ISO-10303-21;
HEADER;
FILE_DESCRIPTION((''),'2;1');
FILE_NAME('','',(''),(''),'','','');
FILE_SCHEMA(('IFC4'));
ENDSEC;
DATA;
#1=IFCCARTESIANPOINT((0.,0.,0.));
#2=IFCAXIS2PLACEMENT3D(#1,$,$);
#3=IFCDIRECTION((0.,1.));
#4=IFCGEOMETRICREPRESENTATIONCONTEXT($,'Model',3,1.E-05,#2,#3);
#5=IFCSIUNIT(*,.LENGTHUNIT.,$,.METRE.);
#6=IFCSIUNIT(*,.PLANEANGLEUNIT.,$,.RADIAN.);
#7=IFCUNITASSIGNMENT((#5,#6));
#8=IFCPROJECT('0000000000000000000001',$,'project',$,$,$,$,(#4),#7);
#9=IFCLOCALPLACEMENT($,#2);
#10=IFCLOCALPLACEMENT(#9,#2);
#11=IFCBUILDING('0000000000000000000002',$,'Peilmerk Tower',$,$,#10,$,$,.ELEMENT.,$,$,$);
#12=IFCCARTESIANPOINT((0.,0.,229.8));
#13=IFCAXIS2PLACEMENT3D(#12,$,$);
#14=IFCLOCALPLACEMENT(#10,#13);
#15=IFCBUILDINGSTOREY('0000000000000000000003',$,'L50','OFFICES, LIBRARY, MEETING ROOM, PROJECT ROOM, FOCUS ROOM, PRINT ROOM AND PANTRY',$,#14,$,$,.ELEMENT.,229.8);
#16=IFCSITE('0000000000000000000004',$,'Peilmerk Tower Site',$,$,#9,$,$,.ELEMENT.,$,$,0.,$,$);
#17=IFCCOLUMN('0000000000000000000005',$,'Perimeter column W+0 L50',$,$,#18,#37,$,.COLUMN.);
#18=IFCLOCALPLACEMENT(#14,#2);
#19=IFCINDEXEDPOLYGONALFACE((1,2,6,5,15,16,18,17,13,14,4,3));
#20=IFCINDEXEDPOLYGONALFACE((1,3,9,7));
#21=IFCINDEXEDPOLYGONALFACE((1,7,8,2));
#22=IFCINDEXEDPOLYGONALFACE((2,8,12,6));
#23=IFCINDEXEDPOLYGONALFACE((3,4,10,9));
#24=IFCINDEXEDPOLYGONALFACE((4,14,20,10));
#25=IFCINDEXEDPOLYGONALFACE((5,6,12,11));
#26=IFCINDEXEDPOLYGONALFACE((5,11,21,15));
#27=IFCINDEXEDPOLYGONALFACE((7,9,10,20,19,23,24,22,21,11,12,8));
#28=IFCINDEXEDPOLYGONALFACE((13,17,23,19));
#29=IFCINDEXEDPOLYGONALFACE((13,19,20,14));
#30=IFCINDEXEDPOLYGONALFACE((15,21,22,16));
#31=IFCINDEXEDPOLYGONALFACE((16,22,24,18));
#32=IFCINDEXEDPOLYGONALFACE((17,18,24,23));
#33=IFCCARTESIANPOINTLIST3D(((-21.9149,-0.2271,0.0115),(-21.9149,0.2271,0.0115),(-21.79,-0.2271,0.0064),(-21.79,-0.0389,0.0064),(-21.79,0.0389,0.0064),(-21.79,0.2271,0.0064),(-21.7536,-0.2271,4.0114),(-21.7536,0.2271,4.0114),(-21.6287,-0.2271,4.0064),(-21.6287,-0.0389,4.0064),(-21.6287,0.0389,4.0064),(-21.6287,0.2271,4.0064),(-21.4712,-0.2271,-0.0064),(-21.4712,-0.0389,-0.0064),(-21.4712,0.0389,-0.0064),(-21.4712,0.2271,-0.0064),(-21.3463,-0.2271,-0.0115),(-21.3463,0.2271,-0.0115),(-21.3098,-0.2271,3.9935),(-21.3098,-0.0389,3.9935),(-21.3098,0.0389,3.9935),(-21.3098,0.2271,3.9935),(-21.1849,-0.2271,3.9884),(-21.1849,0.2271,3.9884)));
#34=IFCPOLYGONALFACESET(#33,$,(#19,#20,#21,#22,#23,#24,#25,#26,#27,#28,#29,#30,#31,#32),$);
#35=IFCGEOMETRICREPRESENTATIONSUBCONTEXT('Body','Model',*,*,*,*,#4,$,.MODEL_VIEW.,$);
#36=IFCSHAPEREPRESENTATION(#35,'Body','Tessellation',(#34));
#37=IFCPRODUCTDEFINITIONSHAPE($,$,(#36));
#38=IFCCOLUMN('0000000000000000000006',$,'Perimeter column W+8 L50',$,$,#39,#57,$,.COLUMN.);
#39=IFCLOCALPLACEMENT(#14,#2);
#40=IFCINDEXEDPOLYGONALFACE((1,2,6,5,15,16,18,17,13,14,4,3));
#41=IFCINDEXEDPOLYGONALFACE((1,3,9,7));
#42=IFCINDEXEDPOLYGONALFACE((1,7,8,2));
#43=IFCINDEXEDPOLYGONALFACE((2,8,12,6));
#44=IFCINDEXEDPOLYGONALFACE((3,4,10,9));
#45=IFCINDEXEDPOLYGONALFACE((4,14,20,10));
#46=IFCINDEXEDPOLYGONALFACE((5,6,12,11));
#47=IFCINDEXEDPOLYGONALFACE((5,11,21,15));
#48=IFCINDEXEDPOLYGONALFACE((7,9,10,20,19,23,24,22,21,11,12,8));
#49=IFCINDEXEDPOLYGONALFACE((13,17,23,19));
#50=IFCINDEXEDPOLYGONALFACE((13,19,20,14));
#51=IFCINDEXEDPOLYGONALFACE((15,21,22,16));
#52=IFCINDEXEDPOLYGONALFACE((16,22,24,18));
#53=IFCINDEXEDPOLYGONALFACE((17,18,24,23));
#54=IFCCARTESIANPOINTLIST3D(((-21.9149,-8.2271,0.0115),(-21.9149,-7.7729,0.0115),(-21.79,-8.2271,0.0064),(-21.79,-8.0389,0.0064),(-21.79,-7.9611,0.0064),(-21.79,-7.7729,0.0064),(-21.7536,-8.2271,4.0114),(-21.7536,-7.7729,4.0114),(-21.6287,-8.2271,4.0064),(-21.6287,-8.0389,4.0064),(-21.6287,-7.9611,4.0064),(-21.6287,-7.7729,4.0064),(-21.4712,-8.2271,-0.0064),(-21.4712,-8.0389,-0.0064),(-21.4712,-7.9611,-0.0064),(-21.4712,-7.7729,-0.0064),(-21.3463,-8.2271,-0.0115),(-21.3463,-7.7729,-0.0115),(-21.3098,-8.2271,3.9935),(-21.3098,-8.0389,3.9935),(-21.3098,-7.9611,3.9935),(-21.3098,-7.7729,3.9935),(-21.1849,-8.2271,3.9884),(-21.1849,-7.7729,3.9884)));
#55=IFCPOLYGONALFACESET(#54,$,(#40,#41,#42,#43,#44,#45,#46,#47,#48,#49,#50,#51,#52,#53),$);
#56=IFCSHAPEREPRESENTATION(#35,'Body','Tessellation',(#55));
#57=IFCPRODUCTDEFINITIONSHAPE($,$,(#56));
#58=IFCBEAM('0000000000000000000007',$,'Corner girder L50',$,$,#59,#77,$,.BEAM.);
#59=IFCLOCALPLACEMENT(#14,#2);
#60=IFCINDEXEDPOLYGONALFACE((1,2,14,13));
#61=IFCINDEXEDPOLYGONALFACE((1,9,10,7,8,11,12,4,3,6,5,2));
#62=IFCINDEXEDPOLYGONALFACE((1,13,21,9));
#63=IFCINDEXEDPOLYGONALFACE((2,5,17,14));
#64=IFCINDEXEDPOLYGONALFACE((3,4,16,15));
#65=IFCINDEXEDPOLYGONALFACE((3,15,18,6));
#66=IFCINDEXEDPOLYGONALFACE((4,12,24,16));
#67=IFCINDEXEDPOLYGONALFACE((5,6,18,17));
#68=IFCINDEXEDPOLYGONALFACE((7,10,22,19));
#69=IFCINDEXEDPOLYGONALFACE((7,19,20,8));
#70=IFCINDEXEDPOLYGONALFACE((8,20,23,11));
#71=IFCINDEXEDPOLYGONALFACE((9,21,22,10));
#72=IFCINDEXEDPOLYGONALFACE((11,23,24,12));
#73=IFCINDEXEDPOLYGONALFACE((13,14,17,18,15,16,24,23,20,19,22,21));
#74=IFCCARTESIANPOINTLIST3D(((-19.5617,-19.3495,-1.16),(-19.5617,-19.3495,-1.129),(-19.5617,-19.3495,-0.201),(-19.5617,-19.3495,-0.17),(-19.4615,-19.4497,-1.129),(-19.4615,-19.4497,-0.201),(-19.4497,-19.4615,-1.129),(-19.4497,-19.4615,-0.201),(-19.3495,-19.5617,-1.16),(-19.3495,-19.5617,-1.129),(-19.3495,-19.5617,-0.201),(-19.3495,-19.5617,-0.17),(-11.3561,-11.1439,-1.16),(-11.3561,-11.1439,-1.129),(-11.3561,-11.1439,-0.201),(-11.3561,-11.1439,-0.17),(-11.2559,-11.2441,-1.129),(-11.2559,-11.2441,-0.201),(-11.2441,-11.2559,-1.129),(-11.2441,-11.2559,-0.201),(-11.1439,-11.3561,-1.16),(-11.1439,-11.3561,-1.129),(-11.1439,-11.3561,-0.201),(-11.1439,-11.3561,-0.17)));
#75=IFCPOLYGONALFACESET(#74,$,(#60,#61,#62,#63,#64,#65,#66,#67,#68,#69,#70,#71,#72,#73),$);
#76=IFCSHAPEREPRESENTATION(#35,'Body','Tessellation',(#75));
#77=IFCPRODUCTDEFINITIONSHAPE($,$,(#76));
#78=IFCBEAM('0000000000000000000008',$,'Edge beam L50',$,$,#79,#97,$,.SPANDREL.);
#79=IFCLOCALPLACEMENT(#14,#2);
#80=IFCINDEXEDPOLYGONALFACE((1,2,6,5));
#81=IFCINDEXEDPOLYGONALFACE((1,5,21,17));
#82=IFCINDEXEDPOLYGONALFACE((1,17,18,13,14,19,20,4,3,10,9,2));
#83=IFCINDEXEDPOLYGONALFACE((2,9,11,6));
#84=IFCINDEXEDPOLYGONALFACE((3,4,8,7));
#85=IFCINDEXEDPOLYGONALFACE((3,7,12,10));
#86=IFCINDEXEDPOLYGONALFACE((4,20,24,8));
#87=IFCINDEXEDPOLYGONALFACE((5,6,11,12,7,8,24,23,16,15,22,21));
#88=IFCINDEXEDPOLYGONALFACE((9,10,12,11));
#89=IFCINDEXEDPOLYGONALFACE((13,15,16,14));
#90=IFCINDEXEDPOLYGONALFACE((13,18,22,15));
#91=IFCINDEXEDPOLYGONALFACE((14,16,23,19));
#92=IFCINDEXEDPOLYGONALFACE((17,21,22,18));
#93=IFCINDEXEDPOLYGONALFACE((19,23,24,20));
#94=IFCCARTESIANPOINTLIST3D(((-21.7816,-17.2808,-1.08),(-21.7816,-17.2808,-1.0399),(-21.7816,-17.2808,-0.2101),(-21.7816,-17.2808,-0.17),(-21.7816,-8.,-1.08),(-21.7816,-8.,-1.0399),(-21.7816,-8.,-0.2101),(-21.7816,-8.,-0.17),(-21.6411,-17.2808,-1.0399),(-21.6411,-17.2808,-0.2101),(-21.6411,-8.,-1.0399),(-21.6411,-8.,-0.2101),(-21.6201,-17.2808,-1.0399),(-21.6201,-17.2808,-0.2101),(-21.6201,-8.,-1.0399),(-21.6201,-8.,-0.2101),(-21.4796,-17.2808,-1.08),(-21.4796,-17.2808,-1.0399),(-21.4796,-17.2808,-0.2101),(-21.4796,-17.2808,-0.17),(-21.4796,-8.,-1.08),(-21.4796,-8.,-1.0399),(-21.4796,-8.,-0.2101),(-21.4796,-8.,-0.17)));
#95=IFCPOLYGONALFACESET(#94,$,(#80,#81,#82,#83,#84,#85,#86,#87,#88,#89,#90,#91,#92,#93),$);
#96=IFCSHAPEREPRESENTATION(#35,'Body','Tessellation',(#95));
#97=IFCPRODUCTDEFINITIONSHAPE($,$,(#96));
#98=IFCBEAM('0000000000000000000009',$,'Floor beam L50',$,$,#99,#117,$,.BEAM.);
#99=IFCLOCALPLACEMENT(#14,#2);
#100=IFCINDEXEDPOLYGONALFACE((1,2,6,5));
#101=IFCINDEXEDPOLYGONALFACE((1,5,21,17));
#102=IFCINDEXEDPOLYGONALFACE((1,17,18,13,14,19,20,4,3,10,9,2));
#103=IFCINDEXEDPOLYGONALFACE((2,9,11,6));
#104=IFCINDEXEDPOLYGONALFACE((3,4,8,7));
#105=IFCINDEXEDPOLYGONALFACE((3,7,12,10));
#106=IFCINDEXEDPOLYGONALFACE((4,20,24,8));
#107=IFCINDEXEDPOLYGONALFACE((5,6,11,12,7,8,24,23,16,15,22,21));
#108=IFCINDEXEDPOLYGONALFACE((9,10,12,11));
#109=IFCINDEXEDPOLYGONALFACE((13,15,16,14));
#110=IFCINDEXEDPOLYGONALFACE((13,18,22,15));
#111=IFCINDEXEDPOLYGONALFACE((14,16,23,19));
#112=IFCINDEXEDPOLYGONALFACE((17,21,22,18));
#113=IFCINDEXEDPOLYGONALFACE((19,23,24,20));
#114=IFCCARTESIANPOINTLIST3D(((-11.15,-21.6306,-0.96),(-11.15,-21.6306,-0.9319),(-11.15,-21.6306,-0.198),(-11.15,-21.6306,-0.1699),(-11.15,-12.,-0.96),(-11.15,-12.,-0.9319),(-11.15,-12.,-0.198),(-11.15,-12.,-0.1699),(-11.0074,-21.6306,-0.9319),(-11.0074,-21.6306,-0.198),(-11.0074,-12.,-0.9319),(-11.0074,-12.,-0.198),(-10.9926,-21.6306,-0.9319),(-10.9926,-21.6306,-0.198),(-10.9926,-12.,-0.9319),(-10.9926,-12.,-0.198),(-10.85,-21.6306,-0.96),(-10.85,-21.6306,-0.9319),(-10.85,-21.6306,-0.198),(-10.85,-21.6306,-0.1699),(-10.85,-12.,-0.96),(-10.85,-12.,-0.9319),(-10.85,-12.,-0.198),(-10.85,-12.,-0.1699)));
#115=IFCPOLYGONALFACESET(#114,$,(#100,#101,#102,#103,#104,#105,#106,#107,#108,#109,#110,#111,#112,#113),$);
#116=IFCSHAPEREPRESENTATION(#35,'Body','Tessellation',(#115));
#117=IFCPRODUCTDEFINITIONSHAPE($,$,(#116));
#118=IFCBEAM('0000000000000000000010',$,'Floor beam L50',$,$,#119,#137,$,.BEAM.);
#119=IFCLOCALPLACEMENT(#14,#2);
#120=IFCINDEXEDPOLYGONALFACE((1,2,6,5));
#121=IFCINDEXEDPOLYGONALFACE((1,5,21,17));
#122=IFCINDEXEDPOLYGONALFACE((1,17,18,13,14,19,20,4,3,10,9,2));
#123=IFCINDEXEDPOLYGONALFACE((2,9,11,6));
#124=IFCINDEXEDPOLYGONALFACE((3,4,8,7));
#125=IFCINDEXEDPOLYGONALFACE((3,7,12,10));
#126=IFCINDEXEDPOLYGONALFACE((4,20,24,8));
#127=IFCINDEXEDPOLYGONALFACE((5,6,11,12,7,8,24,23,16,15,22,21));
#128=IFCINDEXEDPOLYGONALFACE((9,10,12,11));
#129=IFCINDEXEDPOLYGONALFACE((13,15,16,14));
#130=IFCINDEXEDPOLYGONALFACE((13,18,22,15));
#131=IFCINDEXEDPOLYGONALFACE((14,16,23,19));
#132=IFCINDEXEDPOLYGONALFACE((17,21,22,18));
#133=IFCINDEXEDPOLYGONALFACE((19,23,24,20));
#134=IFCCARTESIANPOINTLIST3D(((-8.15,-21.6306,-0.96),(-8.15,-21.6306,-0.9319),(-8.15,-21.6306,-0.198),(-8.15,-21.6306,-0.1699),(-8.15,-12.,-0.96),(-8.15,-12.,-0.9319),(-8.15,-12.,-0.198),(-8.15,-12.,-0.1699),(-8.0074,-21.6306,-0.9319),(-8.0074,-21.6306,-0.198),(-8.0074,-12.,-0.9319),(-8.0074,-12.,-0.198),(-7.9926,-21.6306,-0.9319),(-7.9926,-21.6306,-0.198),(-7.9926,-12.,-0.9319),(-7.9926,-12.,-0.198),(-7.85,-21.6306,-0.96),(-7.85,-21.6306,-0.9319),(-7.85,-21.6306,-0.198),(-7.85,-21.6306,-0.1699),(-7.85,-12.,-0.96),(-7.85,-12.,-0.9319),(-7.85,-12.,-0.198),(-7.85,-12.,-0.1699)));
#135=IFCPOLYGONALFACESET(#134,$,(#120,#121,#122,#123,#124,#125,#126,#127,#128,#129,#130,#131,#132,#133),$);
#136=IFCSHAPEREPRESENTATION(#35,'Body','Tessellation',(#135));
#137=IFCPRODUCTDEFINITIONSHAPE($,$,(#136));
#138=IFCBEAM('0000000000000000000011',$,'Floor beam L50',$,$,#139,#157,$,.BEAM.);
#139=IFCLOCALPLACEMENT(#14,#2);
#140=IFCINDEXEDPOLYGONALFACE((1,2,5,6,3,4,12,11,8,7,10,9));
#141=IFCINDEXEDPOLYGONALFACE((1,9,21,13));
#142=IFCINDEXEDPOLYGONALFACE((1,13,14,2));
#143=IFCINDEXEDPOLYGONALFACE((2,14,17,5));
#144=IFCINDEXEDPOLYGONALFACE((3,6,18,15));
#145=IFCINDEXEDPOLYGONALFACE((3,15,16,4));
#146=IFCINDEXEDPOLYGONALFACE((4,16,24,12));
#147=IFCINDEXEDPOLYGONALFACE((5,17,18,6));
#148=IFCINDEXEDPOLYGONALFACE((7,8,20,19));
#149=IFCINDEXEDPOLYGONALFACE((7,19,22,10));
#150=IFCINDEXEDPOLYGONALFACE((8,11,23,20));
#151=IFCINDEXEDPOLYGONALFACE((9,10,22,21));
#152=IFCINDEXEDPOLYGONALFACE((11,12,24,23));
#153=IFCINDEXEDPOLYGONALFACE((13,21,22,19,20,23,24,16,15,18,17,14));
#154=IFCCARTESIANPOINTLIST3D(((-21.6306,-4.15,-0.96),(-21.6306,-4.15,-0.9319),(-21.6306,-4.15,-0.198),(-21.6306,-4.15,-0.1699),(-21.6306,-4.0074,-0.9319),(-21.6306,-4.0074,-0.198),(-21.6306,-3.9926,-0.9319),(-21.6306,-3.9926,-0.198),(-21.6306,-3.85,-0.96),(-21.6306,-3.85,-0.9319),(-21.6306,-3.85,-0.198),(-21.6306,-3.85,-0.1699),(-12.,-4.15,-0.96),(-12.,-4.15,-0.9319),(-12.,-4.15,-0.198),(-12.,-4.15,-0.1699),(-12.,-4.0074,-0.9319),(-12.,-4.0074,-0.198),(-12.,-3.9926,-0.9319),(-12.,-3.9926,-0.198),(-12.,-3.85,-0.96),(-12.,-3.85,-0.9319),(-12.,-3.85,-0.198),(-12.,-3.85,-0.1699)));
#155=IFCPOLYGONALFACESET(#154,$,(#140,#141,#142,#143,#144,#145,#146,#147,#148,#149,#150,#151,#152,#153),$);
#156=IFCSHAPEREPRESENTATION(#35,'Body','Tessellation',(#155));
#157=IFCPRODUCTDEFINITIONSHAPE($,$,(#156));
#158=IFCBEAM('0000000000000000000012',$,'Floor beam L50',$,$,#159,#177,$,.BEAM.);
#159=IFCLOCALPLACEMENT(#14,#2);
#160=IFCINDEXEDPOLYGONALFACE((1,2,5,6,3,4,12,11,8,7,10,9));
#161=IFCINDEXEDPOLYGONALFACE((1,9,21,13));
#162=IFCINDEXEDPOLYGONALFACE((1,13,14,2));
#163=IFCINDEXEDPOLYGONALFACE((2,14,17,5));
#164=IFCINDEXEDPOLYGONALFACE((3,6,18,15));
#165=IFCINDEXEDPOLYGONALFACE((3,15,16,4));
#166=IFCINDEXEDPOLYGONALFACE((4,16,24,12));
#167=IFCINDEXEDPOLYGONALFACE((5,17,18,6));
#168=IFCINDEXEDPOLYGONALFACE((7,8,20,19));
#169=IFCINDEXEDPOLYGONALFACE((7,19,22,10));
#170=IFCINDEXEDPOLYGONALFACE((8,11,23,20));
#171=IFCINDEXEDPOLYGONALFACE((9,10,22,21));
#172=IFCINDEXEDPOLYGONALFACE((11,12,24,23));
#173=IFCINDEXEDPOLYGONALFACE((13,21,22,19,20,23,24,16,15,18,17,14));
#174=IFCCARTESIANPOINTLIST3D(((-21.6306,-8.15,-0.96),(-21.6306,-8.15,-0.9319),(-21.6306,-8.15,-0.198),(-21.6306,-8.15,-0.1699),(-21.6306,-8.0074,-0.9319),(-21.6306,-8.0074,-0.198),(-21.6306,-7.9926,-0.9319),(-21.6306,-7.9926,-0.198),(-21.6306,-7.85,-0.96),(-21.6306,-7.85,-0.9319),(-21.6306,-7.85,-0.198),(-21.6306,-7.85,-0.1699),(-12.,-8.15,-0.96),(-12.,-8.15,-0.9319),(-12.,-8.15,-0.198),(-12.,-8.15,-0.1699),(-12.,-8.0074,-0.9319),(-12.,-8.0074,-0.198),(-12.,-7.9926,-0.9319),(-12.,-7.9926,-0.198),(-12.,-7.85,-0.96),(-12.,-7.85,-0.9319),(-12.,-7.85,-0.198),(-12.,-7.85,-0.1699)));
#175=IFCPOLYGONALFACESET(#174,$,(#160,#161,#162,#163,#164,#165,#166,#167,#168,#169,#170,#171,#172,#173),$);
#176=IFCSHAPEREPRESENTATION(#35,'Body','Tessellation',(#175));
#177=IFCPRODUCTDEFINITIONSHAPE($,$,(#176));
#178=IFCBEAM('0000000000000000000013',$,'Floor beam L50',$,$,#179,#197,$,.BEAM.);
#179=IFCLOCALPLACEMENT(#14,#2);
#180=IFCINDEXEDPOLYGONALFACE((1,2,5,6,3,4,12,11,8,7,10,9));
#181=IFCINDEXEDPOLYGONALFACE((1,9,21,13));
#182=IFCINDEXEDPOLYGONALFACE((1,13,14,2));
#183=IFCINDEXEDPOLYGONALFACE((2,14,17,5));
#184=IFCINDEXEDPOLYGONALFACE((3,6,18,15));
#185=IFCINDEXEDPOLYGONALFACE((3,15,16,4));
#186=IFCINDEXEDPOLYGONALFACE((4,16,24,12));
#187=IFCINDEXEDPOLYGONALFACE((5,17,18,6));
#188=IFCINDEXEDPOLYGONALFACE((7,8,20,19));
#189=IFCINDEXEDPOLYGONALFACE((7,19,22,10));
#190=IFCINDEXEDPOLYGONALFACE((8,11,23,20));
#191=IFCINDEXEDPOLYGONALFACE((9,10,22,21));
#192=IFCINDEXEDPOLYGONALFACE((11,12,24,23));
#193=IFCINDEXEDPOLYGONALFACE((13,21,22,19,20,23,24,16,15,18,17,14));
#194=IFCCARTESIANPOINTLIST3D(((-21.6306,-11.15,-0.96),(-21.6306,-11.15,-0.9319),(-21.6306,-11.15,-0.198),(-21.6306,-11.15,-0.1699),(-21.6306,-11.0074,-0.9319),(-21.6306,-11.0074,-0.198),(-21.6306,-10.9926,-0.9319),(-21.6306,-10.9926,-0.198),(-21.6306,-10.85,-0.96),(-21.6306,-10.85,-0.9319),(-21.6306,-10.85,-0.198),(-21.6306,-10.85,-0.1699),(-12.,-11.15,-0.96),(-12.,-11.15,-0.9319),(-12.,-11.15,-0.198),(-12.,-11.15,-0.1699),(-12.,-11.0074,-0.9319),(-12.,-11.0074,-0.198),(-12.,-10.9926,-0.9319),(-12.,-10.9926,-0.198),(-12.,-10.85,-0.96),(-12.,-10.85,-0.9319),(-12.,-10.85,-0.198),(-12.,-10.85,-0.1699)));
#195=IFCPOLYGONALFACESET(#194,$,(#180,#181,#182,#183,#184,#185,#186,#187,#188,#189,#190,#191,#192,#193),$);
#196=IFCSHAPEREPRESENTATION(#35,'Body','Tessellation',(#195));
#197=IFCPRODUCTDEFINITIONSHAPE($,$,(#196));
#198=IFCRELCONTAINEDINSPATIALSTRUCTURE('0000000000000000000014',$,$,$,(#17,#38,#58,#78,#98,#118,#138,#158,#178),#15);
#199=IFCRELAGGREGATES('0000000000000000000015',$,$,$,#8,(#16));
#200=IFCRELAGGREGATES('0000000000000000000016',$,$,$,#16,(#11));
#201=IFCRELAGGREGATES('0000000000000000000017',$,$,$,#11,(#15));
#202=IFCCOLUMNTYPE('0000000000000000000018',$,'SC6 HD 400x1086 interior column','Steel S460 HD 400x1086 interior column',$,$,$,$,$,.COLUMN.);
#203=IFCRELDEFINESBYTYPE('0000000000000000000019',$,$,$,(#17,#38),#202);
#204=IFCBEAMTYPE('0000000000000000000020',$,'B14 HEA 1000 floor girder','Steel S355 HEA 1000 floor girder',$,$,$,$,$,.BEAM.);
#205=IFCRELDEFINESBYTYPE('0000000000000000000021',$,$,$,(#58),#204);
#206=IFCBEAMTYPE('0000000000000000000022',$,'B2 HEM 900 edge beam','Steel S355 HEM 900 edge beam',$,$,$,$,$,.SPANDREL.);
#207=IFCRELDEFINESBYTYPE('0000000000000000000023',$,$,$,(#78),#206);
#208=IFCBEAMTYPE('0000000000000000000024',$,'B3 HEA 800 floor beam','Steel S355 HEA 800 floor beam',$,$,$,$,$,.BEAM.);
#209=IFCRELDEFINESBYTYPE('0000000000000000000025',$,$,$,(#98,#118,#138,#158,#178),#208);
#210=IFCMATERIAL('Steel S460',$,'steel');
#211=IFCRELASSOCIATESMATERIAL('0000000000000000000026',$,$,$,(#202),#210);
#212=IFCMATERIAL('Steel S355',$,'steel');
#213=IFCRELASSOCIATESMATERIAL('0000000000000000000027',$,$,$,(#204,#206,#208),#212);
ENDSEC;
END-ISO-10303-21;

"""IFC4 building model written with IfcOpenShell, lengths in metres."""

from ifc_helpers import new_model, si_unit, direction, frame, origin, origin_2d, place, context, subcontext, project, spatial, i_section, extrude, material, material_profile, profile_set, type_object, element, save


model = new_model("IFC4")

# Units and contexts
model_context = context("Model", 3, precision=1e-05, world=origin(), true_north=direction((0.0, 1.0)))
body_context = subcontext(model_context, "Body", "Model", "MODEL_VIEW")
ifc_project = project(units=[si_unit("LENGTHUNIT", "METRE"), si_unit("PLANEANGLEUNIT", "RADIAN")], contexts=[model_context])

# Site, building, storey
site_placement = place(None, origin())
site = spatial("IfcSite", under=ifc_project, at=site_placement, Name="Peilmerk Tower Site", CompositionType="ELEMENT", RefElevation=0.0)
building_placement = place(site_placement, origin())
building = spatial("IfcBuilding", under=site, at=building_placement, Name="Peilmerk Tower", CompositionType="ELEMENT")
storey_placement = place(building_placement, frame((0.0, 0.0, 229.8)))
storey = spatial("IfcBuildingStorey", under=building, at=storey_placement, Name="L50", Description="OFFICES, LIBRARY, MEETING ROOM, PROJECT ROOM, FOCUS ROOM, PRINT ROOM AND PANTRY", CompositionType="ELEMENT", Elevation=229.8)

# Columns
ifc_material_1 = material(Name="Steel S460", Category="steel")
ifc_material_profile_1 = material_profile(ifc_material_1, i_section(OverallWidth=0.4541, OverallDepth=0.5691, WebThickness=0.0779, FlangeThickness=0.125, at=origin_2d()), Name="HD 400x1086")
ifc_profile_set_1 = profile_set([ifc_material_profile_1], Name="Steel S460")
column_type = type_object("IfcColumnType", Name="SC6 HD 400x1086 interior column", Description="Steel S460 HD 400x1086 interior column", PredefinedType="COLUMN", material=ifc_profile_set_1)
for number, where, z_axis, x_axis, name in (
    (1, (-21.6306, 0.0, 0.0), (0.040311, 0.0, 0.999187), (0.0, 1.0, 0.0), "Perimeter column W+0 L50"),
    (2, (-21.6306, -8.0, 0.0), (0.040311, 0.0, 0.999187), (0.0, 1.0, 0.0), "Perimeter column W+8 L50"),
):
    element("IfcColumn", number, at=place(storey_placement, frame(where, z_axis=z_axis, x_axis=x_axis)), inside=storey, type_object=column_type, Name=name, PredefinedType="COLUMN", context=body_context, shape_type="SweptSolid", body=[
        extrude(i_section(OverallWidth=0.4541, OverallDepth=0.5691, WebThickness=0.0779, FlangeThickness=0.125, at=origin_2d()), origin(), (0.0, 0.0, 1.0), 4.0032),
    ])

# Beams
ifc_material_2 = material(Name="Steel S355", Category="steel")
ifc_material_profile_2 = material_profile(ifc_material_2, i_section(OverallWidth=0.3, OverallDepth=0.99, WebThickness=0.0166, FlangeThickness=0.031, at=origin_2d()), Name="HEA 1000")
ifc_profile_set_2 = profile_set([ifc_material_profile_2], Name="Steel S355")
beam_type_1 = type_object("IfcBeamType", Name="B14 HEA 1000 floor girder", Description="Steel S355 HEA 1000 floor girder", PredefinedType="BEAM", material=ifc_profile_set_2)
beam_1_placement = place(storey_placement, frame((-11.25, -11.25, -0.665), z_axis=(-0.707107, -0.707107, 0.0), x_axis=(0.707107, -0.707107, 0.0)))
element("IfcBeam", 3, at=beam_1_placement, inside=storey, type_object=beam_type_1, Name="Corner girder L50", PredefinedType="BEAM", context=body_context, shape_type="SweptSolid", body=[
    extrude(i_section(OverallWidth=0.3, OverallDepth=0.99, WebThickness=0.0166, FlangeThickness=0.031, at=origin_2d()), origin(), (0.0, 0.0, 1.0), 11.6045),
])
ifc_material_profile_3 = material_profile(ifc_material_2, i_section(OverallWidth=0.302, OverallDepth=0.9099, WebThickness=0.021, FlangeThickness=0.04, at=origin_2d()), Name="HEM 900")
ifc_profile_set_3 = profile_set([ifc_material_profile_3], Name="Steel S355")
beam_type_2 = type_object("IfcBeamType", Name="B2 HEM 900 edge beam", Description="Steel S355 HEM 900 edge beam", PredefinedType="SPANDREL", material=ifc_profile_set_3)
beam_2_placement = place(storey_placement, frame((-21.6306, -8.0, -0.625), z_axis=(0.0, -1.0, 0.0), x_axis=(1.0, 0.0, 0.0)))
element("IfcBeam", 4, at=beam_2_placement, inside=storey, type_object=beam_type_2, Name="Edge beam L50", PredefinedType="SPANDREL", context=body_context, shape_type="SweptSolid", body=[
    extrude(i_section(OverallWidth=0.302, OverallDepth=0.9099, WebThickness=0.021, FlangeThickness=0.04, at=origin_2d()), origin(), (0.0, 0.0, 1.0), 9.2808),
])
ifc_material_profile_4 = material_profile(ifc_material_2, i_section(OverallWidth=0.3, OverallDepth=0.79, WebThickness=0.0149, FlangeThickness=0.0281, at=origin_2d()), Name="HEA 800")
ifc_profile_set_4 = profile_set([ifc_material_profile_4], Name="Steel S355")
beam_type_3 = type_object("IfcBeamType", Name="B3 HEA 800 floor beam", Description="Steel S355 HEA 800 floor beam", PredefinedType="BEAM", material=ifc_profile_set_4)
for number, where, z_axis, x_axis, name in (
    (5, (-11.0, -12.0, -0.5649), (0.0, -1.0, 0.0), (1.0, 0.0, 0.0), "Floor beam L50"),
    (6, (-8.0, -12.0, -0.5649), (0.0, -1.0, 0.0), (1.0, 0.0, 0.0), "Floor beam L50"),
    (7, (-12.0, -4.0, -0.5649), (-1.0, 0.0, 0.0), (0.0, -1.0, 0.0), "Floor beam L50"),
    (8, (-12.0, -8.0, -0.5649), (-1.0, 0.0, 0.0), (0.0, -1.0, 0.0), "Floor beam L50"),
    (9, (-12.0, -11.0, -0.5649), (-1.0, 0.0, 0.0), (0.0, -1.0, 0.0), "Floor beam L50"),
):
    element("IfcBeam", number, at=place(storey_placement, frame(where, z_axis=z_axis, x_axis=x_axis)), inside=storey, type_object=beam_type_3, Name=name, PredefinedType="BEAM", context=body_context, shape_type="SweptSolid", body=[
        extrude(i_section(OverallWidth=0.3, OverallDepth=0.79, WebThickness=0.0149, FlangeThickness=0.0281, at=origin_2d()), origin(), (0.0, 0.0, 1.0), 9.6306),
    ])

save(model, "model.ifc")
